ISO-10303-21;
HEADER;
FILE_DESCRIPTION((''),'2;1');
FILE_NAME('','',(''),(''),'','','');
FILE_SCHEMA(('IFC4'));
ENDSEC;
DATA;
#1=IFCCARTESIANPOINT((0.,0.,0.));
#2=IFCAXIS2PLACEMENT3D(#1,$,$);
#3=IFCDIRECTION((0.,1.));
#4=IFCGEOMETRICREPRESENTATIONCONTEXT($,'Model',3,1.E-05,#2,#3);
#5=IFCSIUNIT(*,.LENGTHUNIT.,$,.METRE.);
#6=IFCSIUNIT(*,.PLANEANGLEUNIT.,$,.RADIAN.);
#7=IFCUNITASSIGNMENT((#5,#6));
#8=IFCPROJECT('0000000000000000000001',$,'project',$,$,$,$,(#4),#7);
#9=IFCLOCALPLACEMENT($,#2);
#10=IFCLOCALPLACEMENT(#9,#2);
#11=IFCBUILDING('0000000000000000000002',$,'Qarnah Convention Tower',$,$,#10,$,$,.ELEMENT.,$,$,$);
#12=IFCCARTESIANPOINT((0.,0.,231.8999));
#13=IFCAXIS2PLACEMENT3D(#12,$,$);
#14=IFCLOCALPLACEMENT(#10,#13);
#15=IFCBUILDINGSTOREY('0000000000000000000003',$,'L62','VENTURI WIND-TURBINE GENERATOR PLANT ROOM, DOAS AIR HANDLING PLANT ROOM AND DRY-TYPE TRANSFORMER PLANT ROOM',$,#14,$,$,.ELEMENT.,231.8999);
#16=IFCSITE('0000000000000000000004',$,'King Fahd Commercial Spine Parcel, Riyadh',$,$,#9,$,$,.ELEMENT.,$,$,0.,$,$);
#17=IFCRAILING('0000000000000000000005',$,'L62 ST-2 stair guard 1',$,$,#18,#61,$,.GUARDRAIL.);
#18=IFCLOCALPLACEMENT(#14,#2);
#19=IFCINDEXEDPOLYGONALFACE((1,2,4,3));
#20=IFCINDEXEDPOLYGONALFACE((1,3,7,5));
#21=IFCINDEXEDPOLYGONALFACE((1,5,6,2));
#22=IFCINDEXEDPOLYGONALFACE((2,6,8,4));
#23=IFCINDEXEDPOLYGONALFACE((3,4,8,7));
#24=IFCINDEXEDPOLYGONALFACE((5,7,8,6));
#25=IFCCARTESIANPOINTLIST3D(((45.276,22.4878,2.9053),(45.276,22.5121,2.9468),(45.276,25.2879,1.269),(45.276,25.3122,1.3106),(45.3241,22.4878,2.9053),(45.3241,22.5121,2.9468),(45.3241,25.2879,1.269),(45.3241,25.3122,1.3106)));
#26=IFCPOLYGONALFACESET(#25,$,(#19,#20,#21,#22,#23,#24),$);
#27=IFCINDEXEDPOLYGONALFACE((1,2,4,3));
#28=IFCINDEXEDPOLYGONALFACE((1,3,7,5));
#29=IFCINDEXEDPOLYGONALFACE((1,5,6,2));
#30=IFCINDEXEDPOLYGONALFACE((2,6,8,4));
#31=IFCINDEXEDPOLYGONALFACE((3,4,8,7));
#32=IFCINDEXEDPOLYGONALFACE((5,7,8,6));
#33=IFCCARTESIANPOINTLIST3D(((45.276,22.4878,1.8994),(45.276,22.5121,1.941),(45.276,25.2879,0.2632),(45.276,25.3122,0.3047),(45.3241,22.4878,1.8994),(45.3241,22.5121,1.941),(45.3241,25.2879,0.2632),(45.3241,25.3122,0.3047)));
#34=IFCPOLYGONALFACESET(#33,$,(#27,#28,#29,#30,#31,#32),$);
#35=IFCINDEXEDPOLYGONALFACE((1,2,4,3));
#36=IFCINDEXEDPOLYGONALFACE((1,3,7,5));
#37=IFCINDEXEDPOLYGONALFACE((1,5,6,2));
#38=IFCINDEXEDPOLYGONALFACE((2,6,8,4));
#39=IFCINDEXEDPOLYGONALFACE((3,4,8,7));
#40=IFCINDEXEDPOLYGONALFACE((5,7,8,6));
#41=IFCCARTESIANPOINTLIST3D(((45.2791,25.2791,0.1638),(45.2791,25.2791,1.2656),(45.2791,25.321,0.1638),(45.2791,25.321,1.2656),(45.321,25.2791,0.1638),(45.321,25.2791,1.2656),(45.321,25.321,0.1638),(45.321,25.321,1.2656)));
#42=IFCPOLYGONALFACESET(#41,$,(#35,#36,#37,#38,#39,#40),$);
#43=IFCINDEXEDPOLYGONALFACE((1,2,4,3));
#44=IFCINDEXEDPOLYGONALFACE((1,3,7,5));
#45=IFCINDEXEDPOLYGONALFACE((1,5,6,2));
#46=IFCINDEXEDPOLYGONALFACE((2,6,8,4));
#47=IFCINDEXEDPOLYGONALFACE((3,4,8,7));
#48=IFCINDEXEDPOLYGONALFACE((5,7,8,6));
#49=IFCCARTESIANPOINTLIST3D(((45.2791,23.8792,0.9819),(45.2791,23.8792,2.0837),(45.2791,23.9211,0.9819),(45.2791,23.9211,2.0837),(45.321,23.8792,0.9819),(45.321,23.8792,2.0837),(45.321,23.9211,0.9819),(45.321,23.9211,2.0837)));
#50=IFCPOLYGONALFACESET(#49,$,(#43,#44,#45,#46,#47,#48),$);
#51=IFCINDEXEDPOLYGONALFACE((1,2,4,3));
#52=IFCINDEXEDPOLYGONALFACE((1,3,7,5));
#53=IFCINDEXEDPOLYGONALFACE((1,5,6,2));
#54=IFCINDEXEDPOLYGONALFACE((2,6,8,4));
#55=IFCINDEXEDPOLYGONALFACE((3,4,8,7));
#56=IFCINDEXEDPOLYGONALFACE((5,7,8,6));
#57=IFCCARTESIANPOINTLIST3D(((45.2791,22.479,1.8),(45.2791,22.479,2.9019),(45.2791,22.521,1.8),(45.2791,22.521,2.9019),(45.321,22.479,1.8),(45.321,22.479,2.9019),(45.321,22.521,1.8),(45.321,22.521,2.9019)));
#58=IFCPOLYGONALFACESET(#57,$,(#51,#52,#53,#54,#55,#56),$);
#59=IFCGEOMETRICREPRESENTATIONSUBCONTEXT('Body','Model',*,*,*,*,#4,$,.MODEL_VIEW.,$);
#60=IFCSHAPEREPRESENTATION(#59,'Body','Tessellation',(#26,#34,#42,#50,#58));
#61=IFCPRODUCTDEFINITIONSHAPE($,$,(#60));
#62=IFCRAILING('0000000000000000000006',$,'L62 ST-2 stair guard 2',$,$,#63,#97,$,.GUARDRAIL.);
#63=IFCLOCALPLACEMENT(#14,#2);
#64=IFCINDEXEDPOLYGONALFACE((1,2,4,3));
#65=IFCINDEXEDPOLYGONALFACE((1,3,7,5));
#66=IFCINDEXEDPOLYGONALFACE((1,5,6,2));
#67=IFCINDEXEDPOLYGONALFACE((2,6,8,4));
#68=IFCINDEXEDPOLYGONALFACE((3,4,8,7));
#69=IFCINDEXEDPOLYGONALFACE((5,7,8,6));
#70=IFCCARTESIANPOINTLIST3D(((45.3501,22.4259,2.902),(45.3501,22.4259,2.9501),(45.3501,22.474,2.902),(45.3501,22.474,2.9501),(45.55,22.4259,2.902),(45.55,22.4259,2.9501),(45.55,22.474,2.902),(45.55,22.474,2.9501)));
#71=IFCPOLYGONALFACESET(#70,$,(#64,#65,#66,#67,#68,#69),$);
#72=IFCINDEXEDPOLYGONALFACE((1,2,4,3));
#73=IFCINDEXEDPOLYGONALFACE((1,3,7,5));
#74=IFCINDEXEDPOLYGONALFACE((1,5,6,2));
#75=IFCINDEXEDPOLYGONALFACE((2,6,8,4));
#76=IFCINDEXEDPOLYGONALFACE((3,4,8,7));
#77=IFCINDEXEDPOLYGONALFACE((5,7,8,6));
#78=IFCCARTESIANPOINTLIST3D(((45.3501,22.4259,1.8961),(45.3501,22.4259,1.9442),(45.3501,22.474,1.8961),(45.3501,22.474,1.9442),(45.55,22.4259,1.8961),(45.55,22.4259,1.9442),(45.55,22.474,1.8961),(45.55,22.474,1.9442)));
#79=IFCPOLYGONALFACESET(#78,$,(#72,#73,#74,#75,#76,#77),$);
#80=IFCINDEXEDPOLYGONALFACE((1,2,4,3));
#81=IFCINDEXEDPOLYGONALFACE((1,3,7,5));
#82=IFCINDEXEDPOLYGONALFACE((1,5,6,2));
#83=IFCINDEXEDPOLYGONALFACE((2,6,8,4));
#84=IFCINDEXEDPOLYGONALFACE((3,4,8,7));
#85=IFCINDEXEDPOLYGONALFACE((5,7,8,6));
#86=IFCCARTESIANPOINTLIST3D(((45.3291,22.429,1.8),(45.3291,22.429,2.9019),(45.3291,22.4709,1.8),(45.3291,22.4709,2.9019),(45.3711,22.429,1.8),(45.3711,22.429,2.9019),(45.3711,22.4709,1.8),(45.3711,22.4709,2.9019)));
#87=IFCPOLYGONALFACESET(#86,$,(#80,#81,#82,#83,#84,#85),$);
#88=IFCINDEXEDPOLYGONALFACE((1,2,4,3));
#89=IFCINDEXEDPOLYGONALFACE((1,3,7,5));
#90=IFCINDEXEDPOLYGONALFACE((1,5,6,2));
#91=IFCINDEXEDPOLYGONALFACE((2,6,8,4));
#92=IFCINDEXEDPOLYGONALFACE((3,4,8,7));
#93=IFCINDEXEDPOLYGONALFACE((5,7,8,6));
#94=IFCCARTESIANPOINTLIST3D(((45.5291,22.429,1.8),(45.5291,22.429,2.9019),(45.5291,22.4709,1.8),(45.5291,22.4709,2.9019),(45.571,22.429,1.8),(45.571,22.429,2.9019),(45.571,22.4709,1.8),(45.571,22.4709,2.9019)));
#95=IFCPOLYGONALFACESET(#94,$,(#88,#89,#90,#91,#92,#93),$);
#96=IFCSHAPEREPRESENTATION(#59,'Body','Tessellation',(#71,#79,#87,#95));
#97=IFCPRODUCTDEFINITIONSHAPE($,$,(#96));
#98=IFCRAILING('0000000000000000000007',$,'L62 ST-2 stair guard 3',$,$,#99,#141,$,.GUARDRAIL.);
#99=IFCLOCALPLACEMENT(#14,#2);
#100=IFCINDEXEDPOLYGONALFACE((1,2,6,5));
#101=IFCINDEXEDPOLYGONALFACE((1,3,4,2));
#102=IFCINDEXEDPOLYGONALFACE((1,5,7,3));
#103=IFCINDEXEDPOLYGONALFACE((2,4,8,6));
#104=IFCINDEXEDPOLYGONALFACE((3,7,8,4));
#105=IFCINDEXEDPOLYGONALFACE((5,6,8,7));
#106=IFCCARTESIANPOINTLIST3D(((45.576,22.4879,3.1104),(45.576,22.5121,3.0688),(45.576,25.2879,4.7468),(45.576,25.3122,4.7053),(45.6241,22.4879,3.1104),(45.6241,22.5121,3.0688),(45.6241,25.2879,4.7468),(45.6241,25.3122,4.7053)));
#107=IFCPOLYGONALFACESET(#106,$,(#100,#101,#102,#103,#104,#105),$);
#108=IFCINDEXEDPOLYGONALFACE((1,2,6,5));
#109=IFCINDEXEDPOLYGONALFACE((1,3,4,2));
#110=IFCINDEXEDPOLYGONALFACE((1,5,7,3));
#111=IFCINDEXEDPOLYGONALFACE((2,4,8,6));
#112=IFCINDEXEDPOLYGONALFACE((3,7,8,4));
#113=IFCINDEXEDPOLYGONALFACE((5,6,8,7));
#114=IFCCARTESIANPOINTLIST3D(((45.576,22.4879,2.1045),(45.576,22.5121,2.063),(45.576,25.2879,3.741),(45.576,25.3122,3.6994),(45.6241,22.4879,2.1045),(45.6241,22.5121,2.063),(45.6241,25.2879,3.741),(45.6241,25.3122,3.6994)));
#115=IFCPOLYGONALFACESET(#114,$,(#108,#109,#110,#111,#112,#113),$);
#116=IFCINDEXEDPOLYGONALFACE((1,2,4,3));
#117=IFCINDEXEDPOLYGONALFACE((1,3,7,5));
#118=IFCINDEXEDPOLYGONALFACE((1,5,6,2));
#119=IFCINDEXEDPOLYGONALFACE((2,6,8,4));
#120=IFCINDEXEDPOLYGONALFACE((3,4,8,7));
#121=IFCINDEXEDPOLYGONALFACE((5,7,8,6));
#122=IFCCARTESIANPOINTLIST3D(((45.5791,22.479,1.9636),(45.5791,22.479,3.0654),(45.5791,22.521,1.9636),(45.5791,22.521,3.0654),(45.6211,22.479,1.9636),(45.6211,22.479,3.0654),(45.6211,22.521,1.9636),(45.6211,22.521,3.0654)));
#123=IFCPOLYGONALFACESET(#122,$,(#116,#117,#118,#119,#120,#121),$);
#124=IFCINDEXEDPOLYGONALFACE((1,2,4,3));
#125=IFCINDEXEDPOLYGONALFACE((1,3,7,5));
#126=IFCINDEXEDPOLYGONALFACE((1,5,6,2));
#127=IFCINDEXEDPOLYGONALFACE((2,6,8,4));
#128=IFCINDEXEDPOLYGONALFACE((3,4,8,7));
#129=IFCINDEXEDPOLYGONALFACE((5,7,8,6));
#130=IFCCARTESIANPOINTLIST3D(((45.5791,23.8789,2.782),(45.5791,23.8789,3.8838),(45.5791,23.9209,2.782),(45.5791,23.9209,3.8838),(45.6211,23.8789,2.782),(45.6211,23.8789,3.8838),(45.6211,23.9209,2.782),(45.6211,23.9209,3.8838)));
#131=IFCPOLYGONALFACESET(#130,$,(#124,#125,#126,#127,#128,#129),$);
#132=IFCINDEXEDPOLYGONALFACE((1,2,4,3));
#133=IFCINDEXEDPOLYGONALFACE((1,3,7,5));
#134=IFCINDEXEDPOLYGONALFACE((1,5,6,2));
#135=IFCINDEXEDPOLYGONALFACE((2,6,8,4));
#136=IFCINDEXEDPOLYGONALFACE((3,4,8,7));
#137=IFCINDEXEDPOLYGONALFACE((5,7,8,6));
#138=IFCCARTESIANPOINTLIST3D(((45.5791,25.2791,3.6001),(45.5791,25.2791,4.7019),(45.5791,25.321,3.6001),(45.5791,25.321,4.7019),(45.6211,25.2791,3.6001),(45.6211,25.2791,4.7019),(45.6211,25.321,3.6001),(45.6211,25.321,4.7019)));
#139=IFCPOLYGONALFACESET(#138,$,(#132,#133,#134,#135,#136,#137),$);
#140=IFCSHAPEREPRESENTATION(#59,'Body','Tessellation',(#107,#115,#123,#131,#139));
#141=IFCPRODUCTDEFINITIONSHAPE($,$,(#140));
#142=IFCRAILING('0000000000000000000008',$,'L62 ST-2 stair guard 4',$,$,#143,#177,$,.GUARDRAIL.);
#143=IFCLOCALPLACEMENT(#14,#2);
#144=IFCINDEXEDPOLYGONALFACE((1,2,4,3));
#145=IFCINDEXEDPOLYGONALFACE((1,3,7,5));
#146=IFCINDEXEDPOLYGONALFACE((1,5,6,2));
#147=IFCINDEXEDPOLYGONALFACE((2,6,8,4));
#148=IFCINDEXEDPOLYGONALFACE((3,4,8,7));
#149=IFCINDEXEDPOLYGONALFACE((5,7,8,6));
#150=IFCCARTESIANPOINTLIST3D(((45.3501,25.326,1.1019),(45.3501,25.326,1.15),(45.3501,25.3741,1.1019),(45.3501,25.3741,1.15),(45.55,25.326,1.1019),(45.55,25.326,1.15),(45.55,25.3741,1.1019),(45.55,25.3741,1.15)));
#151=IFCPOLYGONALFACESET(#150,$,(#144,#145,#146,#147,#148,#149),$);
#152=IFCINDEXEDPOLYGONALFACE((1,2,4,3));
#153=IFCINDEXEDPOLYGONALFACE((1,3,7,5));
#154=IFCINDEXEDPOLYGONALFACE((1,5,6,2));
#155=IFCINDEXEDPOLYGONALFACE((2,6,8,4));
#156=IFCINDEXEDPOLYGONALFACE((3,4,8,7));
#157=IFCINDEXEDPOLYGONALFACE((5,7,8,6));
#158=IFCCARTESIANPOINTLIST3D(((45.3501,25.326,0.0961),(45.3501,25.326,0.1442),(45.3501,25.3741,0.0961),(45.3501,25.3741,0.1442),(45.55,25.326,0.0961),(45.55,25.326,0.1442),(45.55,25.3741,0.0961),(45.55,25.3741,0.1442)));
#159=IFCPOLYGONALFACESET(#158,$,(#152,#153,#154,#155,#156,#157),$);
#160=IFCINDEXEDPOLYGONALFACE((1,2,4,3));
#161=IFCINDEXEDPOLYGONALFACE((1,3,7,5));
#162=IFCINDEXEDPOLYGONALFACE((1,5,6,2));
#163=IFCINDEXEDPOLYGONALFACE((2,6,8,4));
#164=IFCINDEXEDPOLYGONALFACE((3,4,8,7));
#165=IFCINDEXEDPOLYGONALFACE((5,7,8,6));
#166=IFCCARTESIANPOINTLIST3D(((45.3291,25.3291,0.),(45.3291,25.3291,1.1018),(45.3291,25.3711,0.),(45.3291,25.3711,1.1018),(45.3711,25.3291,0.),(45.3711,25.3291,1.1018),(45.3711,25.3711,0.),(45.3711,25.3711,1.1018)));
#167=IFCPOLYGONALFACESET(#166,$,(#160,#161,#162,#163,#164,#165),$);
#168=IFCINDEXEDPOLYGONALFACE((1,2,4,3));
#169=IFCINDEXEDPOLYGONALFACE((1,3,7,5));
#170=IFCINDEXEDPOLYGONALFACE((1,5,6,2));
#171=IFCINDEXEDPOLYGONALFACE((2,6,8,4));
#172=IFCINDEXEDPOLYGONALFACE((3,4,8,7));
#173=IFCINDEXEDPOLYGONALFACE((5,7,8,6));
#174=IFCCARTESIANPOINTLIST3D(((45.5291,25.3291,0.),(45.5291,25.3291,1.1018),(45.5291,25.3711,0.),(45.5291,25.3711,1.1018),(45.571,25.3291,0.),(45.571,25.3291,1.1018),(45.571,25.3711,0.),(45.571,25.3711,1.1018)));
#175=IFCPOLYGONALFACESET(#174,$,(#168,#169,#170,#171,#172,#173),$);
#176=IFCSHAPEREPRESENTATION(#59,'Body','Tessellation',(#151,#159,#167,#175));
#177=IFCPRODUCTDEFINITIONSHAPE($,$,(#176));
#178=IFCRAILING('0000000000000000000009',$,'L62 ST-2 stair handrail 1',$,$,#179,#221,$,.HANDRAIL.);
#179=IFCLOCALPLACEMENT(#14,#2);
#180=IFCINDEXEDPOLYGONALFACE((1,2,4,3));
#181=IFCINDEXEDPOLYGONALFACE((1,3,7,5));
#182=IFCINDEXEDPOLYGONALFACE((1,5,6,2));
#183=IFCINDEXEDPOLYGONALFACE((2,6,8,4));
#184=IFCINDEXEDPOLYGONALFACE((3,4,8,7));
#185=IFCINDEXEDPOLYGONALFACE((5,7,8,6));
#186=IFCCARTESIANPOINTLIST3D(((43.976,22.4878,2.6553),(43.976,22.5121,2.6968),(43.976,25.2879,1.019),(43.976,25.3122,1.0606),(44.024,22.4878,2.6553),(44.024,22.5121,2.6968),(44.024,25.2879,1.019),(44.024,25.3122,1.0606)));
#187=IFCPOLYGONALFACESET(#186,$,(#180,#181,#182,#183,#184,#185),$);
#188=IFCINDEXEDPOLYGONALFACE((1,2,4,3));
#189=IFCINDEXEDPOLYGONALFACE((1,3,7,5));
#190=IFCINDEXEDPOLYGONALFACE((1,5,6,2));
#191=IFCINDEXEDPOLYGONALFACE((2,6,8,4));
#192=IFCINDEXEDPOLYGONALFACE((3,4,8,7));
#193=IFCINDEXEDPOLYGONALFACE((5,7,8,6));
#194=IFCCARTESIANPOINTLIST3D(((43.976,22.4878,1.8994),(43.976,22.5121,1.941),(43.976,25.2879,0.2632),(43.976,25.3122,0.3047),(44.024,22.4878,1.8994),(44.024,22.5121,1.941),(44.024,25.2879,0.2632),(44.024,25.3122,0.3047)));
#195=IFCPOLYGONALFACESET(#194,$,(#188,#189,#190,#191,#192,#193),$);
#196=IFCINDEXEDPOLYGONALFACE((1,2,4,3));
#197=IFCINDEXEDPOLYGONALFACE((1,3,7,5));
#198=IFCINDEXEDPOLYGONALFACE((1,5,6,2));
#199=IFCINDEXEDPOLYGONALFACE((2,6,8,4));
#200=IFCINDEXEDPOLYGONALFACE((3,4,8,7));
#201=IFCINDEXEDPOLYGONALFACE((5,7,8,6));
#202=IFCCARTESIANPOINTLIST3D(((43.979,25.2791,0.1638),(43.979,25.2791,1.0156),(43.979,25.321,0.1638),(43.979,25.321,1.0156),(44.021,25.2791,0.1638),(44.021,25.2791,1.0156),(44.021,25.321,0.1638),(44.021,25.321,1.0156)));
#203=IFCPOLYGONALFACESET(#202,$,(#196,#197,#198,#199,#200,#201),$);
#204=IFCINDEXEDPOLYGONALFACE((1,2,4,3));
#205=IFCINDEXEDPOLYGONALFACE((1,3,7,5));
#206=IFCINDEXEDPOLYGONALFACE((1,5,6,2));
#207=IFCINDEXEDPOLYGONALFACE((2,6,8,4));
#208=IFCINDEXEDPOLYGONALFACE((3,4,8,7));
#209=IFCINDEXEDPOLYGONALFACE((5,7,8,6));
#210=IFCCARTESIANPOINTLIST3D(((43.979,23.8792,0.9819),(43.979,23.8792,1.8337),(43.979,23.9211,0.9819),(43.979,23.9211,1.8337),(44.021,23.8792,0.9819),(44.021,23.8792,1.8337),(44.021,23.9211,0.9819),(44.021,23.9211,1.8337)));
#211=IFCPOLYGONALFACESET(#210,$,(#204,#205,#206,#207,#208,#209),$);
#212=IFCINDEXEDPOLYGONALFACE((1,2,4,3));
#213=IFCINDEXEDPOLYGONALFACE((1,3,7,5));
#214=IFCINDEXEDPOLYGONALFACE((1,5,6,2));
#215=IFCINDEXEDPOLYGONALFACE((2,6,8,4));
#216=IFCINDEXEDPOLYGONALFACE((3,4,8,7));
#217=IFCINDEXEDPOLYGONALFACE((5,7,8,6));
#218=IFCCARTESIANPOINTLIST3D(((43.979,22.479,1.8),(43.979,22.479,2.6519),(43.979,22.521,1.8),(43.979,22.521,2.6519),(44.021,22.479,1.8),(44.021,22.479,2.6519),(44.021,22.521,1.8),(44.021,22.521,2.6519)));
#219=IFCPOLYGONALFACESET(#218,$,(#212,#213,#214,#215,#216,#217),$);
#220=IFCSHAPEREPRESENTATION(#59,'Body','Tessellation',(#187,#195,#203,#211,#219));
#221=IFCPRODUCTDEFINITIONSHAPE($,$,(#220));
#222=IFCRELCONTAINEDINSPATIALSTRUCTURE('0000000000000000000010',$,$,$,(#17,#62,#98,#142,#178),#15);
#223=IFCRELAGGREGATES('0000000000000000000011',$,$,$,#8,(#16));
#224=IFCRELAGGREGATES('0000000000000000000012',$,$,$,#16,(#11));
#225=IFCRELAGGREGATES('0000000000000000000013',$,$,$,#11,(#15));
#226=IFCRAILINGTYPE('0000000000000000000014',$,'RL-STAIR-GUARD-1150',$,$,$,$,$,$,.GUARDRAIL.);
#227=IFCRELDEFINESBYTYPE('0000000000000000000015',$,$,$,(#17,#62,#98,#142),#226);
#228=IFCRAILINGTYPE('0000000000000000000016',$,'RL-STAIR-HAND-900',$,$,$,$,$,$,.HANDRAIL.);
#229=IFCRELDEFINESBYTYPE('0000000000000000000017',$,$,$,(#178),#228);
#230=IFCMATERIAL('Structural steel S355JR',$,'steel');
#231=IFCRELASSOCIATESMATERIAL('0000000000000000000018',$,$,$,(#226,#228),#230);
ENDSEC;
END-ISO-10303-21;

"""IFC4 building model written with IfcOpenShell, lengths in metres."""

from ifc_helpers import new_model, si_unit, direction, frame, origin, origin_2d, place, context, subcontext, project, spatial, rectangle, extrude, material, type_object, element, save


model = new_model("IFC4")

# Units and contexts
model_context = context("Model", 3, precision=1e-05, world=origin(), true_north=direction((0.0, 1.0)))
body_context = subcontext(model_context, "Body", "Model", "MODEL_VIEW")
ifc_project = project(units=[si_unit("LENGTHUNIT", "METRE"), si_unit("PLANEANGLEUNIT", "RADIAN")], contexts=[model_context])

# Site, building, storey
site_placement = place(None, origin())
site = spatial("IfcSite", under=ifc_project, at=site_placement, Name="King Fahd Commercial Spine Parcel, Riyadh", CompositionType="ELEMENT", RefElevation=0.0)
building_placement = place(site_placement, origin())
building = spatial("IfcBuilding", under=site, at=building_placement, Name="Qarnah Convention Tower", CompositionType="ELEMENT")
storey_placement = place(building_placement, frame((0.0, 0.0, 231.8999)))
storey = spatial("IfcBuildingStorey", under=building, at=storey_placement, Name="L62", Description="VENTURI WIND-TURBINE GENERATOR PLANT ROOM, DOAS AIR HANDLING PLANT ROOM AND DRY-TYPE TRANSFORMER PLANT ROOM", CompositionType="ELEMENT", Elevation=231.8999)

# Shared definitions
ifc_material_1 = material(Name="Structural steel S355JR", Category="steel")

# Railings
railing_type_1 = type_object("IfcRailingType", Name="RL-STAIR-GUARD-1150", PredefinedType="GUARDRAIL", material=ifc_material_1)
railing_1_placement = place(storey_placement, frame((45.3, 25.3, 0.1638)))
element("IfcRailing", 1, at=railing_1_placement, inside=storey, type_object=railing_type_1, Name="L62 ST-2 stair guard 1", PredefinedType="GUARDRAIL", context=body_context, shape_type="SweptSolid", body=[
    extrude(rectangle(XDim=0.0481, YDim=0.0481, at=origin_2d()), frame((0.0, 0.0, 1.126), z_axis=(0.0, -0.863394, 0.504531), x_axis=(1.0, 0.0, 0.0)), (0.0, 0.0, 1.0), 3.2432),
    extrude(rectangle(XDim=0.0481, YDim=0.0481, at=origin_2d()), frame((0.0, 0.0, 0.1201), z_axis=(0.0, -0.863394, 0.504531), x_axis=(1.0, 0.0, 0.0)), (0.0, 0.0, 1.0), 3.2432),
    extrude(rectangle(XDim=0.042, YDim=0.042, at=origin_2d()), origin(), (0.0, 0.0, 1.0), 1.1018),
    extrude(rectangle(XDim=0.042, YDim=0.042, at=origin_2d()), frame((0.0, -1.3999, 0.8181)), (0.0, 0.0, 1.0), 1.1018),
    extrude(rectangle(XDim=0.042, YDim=0.042, at=origin_2d()), frame((0.0, -2.8, 1.6362)), (0.0, 0.0, 1.0), 1.1018),
])
railing_2_placement = place(storey_placement, frame((45.3501, 22.45, 1.8)))
element("IfcRailing", 2, at=railing_2_placement, inside=storey, type_object=railing_type_1, Name="L62 ST-2 stair guard 2", PredefinedType="GUARDRAIL", context=body_context, shape_type="SweptSolid", body=[
    extrude(rectangle(XDim=0.0481, YDim=0.0481, at=origin_2d()), frame((0.0, 0.0, 1.126), z_axis=(1.0, 0.0, 0.0), x_axis=(0.0, 1.0, 0.0)), (0.0, 0.0, 1.0), 0.2),
    extrude(rectangle(XDim=0.0481, YDim=0.0481, at=origin_2d()), frame((0.0, 0.0, 0.1201), z_axis=(1.0, 0.0, 0.0), x_axis=(0.0, 1.0, 0.0)), (0.0, 0.0, 1.0), 0.2),
    extrude(rectangle(XDim=0.042, YDim=0.042, at=origin_2d()), origin(), (0.0, 0.0, 1.0), 1.1018),
    extrude(rectangle(XDim=0.042, YDim=0.042, at=origin_2d()), frame((0.2, 0.0, 0.0)), (0.0, 0.0, 1.0), 1.1018),
])
railing_3_placement = place(storey_placement, frame((45.6001, 22.5, 1.9636)))
element("IfcRailing", 3, at=railing_3_placement, inside=storey, type_object=railing_type_1, Name="L62 ST-2 stair guard 3", PredefinedType="GUARDRAIL", context=body_context, shape_type="SweptSolid", body=[
    extrude(rectangle(XDim=0.0481, YDim=0.0481, at=origin_2d()), frame((0.0, 0.0, 1.126), z_axis=(0.0, 0.863361, 0.504587), x_axis=(-1.0, 0.0, 0.0)), (0.0, 0.0, 1.0), 3.2432),
    extrude(rectangle(XDim=0.0481, YDim=0.0481, at=origin_2d()), frame((0.0, 0.0, 0.1201), z_axis=(0.0, 0.863361, 0.504587), x_axis=(-1.0, 0.0, 0.0)), (0.0, 0.0, 1.0), 3.2432),
    extrude(rectangle(XDim=0.042, YDim=0.042, at=origin_2d()), origin(), (0.0, 0.0, 1.0), 1.1018),
    extrude(rectangle(XDim=0.042, YDim=0.042, at=origin_2d()), frame((0.0, 1.3999, 0.8184)), (0.0, 0.0, 1.0), 1.1018),
    extrude(rectangle(XDim=0.042, YDim=0.042, at=origin_2d()), frame((0.0, 2.8, 1.6365)), (0.0, 0.0, 1.0), 1.1018),
])
railing_4_placement = place(storey_placement, frame((45.3501, 25.3501, 0.0)))
element("IfcRailing", 4, at=railing_4_placement, inside=storey, type_object=railing_type_1, Name="L62 ST-2 stair guard 4", PredefinedType="GUARDRAIL", context=body_context, shape_type="SweptSolid", body=[
    extrude(rectangle(XDim=0.0481, YDim=0.0481, at=origin_2d()), frame((0.0, 0.0, 1.126), z_axis=(1.0, 0.0, 0.0), x_axis=(0.0, 1.0, 0.0)), (0.0, 0.0, 1.0), 0.2),
    extrude(rectangle(XDim=0.0481, YDim=0.0481, at=origin_2d()), frame((0.0, 0.0, 0.1201), z_axis=(1.0, 0.0, 0.0), x_axis=(0.0, 1.0, 0.0)), (0.0, 0.0, 1.0), 0.2),
    extrude(rectangle(XDim=0.042, YDim=0.042, at=origin_2d()), origin(), (0.0, 0.0, 1.0), 1.1018),
    extrude(rectangle(XDim=0.042, YDim=0.042, at=origin_2d()), frame((0.2, 0.0, 0.0)), (0.0, 0.0, 1.0), 1.1018),
])
railing_type_2 = type_object("IfcRailingType", Name="RL-STAIR-HAND-900", PredefinedType="HANDRAIL", material=ifc_material_1)
railing_5_placement = place(storey_placement, frame((44.0, 25.3, 0.1638)))
element("IfcRailing", 5, at=railing_5_placement, inside=storey, type_object=railing_type_2, Name="L62 ST-2 stair handrail 1", PredefinedType="HANDRAIL", context=body_context, shape_type="SweptSolid", body=[
    extrude(rectangle(XDim=0.0481, YDim=0.0481, at=origin_2d()), frame((0.0, 0.0, 0.876), z_axis=(0.0, -0.863394, 0.504531), x_axis=(1.0, 0.0, 0.0)), (0.0, 0.0, 1.0), 3.2432),
    extrude(rectangle(XDim=0.0481, YDim=0.0481, at=origin_2d()), frame((0.0, 0.0, 0.1201), z_axis=(0.0, -0.863394, 0.504531), x_axis=(1.0, 0.0, 0.0)), (0.0, 0.0, 1.0), 3.2432),
    extrude(rectangle(XDim=0.042, YDim=0.042, at=origin_2d()), origin(), (0.0, 0.0, 1.0), 0.8518),
    extrude(rectangle(XDim=0.042, YDim=0.042, at=origin_2d()), frame((0.0, -1.3999, 0.8181)), (0.0, 0.0, 1.0), 0.8518),
    extrude(rectangle(XDim=0.042, YDim=0.042, at=origin_2d()), frame((0.0, -2.8, 1.6362)), (0.0, 0.0, 1.0), 0.8518),
])

save(model, "model.ifc")
